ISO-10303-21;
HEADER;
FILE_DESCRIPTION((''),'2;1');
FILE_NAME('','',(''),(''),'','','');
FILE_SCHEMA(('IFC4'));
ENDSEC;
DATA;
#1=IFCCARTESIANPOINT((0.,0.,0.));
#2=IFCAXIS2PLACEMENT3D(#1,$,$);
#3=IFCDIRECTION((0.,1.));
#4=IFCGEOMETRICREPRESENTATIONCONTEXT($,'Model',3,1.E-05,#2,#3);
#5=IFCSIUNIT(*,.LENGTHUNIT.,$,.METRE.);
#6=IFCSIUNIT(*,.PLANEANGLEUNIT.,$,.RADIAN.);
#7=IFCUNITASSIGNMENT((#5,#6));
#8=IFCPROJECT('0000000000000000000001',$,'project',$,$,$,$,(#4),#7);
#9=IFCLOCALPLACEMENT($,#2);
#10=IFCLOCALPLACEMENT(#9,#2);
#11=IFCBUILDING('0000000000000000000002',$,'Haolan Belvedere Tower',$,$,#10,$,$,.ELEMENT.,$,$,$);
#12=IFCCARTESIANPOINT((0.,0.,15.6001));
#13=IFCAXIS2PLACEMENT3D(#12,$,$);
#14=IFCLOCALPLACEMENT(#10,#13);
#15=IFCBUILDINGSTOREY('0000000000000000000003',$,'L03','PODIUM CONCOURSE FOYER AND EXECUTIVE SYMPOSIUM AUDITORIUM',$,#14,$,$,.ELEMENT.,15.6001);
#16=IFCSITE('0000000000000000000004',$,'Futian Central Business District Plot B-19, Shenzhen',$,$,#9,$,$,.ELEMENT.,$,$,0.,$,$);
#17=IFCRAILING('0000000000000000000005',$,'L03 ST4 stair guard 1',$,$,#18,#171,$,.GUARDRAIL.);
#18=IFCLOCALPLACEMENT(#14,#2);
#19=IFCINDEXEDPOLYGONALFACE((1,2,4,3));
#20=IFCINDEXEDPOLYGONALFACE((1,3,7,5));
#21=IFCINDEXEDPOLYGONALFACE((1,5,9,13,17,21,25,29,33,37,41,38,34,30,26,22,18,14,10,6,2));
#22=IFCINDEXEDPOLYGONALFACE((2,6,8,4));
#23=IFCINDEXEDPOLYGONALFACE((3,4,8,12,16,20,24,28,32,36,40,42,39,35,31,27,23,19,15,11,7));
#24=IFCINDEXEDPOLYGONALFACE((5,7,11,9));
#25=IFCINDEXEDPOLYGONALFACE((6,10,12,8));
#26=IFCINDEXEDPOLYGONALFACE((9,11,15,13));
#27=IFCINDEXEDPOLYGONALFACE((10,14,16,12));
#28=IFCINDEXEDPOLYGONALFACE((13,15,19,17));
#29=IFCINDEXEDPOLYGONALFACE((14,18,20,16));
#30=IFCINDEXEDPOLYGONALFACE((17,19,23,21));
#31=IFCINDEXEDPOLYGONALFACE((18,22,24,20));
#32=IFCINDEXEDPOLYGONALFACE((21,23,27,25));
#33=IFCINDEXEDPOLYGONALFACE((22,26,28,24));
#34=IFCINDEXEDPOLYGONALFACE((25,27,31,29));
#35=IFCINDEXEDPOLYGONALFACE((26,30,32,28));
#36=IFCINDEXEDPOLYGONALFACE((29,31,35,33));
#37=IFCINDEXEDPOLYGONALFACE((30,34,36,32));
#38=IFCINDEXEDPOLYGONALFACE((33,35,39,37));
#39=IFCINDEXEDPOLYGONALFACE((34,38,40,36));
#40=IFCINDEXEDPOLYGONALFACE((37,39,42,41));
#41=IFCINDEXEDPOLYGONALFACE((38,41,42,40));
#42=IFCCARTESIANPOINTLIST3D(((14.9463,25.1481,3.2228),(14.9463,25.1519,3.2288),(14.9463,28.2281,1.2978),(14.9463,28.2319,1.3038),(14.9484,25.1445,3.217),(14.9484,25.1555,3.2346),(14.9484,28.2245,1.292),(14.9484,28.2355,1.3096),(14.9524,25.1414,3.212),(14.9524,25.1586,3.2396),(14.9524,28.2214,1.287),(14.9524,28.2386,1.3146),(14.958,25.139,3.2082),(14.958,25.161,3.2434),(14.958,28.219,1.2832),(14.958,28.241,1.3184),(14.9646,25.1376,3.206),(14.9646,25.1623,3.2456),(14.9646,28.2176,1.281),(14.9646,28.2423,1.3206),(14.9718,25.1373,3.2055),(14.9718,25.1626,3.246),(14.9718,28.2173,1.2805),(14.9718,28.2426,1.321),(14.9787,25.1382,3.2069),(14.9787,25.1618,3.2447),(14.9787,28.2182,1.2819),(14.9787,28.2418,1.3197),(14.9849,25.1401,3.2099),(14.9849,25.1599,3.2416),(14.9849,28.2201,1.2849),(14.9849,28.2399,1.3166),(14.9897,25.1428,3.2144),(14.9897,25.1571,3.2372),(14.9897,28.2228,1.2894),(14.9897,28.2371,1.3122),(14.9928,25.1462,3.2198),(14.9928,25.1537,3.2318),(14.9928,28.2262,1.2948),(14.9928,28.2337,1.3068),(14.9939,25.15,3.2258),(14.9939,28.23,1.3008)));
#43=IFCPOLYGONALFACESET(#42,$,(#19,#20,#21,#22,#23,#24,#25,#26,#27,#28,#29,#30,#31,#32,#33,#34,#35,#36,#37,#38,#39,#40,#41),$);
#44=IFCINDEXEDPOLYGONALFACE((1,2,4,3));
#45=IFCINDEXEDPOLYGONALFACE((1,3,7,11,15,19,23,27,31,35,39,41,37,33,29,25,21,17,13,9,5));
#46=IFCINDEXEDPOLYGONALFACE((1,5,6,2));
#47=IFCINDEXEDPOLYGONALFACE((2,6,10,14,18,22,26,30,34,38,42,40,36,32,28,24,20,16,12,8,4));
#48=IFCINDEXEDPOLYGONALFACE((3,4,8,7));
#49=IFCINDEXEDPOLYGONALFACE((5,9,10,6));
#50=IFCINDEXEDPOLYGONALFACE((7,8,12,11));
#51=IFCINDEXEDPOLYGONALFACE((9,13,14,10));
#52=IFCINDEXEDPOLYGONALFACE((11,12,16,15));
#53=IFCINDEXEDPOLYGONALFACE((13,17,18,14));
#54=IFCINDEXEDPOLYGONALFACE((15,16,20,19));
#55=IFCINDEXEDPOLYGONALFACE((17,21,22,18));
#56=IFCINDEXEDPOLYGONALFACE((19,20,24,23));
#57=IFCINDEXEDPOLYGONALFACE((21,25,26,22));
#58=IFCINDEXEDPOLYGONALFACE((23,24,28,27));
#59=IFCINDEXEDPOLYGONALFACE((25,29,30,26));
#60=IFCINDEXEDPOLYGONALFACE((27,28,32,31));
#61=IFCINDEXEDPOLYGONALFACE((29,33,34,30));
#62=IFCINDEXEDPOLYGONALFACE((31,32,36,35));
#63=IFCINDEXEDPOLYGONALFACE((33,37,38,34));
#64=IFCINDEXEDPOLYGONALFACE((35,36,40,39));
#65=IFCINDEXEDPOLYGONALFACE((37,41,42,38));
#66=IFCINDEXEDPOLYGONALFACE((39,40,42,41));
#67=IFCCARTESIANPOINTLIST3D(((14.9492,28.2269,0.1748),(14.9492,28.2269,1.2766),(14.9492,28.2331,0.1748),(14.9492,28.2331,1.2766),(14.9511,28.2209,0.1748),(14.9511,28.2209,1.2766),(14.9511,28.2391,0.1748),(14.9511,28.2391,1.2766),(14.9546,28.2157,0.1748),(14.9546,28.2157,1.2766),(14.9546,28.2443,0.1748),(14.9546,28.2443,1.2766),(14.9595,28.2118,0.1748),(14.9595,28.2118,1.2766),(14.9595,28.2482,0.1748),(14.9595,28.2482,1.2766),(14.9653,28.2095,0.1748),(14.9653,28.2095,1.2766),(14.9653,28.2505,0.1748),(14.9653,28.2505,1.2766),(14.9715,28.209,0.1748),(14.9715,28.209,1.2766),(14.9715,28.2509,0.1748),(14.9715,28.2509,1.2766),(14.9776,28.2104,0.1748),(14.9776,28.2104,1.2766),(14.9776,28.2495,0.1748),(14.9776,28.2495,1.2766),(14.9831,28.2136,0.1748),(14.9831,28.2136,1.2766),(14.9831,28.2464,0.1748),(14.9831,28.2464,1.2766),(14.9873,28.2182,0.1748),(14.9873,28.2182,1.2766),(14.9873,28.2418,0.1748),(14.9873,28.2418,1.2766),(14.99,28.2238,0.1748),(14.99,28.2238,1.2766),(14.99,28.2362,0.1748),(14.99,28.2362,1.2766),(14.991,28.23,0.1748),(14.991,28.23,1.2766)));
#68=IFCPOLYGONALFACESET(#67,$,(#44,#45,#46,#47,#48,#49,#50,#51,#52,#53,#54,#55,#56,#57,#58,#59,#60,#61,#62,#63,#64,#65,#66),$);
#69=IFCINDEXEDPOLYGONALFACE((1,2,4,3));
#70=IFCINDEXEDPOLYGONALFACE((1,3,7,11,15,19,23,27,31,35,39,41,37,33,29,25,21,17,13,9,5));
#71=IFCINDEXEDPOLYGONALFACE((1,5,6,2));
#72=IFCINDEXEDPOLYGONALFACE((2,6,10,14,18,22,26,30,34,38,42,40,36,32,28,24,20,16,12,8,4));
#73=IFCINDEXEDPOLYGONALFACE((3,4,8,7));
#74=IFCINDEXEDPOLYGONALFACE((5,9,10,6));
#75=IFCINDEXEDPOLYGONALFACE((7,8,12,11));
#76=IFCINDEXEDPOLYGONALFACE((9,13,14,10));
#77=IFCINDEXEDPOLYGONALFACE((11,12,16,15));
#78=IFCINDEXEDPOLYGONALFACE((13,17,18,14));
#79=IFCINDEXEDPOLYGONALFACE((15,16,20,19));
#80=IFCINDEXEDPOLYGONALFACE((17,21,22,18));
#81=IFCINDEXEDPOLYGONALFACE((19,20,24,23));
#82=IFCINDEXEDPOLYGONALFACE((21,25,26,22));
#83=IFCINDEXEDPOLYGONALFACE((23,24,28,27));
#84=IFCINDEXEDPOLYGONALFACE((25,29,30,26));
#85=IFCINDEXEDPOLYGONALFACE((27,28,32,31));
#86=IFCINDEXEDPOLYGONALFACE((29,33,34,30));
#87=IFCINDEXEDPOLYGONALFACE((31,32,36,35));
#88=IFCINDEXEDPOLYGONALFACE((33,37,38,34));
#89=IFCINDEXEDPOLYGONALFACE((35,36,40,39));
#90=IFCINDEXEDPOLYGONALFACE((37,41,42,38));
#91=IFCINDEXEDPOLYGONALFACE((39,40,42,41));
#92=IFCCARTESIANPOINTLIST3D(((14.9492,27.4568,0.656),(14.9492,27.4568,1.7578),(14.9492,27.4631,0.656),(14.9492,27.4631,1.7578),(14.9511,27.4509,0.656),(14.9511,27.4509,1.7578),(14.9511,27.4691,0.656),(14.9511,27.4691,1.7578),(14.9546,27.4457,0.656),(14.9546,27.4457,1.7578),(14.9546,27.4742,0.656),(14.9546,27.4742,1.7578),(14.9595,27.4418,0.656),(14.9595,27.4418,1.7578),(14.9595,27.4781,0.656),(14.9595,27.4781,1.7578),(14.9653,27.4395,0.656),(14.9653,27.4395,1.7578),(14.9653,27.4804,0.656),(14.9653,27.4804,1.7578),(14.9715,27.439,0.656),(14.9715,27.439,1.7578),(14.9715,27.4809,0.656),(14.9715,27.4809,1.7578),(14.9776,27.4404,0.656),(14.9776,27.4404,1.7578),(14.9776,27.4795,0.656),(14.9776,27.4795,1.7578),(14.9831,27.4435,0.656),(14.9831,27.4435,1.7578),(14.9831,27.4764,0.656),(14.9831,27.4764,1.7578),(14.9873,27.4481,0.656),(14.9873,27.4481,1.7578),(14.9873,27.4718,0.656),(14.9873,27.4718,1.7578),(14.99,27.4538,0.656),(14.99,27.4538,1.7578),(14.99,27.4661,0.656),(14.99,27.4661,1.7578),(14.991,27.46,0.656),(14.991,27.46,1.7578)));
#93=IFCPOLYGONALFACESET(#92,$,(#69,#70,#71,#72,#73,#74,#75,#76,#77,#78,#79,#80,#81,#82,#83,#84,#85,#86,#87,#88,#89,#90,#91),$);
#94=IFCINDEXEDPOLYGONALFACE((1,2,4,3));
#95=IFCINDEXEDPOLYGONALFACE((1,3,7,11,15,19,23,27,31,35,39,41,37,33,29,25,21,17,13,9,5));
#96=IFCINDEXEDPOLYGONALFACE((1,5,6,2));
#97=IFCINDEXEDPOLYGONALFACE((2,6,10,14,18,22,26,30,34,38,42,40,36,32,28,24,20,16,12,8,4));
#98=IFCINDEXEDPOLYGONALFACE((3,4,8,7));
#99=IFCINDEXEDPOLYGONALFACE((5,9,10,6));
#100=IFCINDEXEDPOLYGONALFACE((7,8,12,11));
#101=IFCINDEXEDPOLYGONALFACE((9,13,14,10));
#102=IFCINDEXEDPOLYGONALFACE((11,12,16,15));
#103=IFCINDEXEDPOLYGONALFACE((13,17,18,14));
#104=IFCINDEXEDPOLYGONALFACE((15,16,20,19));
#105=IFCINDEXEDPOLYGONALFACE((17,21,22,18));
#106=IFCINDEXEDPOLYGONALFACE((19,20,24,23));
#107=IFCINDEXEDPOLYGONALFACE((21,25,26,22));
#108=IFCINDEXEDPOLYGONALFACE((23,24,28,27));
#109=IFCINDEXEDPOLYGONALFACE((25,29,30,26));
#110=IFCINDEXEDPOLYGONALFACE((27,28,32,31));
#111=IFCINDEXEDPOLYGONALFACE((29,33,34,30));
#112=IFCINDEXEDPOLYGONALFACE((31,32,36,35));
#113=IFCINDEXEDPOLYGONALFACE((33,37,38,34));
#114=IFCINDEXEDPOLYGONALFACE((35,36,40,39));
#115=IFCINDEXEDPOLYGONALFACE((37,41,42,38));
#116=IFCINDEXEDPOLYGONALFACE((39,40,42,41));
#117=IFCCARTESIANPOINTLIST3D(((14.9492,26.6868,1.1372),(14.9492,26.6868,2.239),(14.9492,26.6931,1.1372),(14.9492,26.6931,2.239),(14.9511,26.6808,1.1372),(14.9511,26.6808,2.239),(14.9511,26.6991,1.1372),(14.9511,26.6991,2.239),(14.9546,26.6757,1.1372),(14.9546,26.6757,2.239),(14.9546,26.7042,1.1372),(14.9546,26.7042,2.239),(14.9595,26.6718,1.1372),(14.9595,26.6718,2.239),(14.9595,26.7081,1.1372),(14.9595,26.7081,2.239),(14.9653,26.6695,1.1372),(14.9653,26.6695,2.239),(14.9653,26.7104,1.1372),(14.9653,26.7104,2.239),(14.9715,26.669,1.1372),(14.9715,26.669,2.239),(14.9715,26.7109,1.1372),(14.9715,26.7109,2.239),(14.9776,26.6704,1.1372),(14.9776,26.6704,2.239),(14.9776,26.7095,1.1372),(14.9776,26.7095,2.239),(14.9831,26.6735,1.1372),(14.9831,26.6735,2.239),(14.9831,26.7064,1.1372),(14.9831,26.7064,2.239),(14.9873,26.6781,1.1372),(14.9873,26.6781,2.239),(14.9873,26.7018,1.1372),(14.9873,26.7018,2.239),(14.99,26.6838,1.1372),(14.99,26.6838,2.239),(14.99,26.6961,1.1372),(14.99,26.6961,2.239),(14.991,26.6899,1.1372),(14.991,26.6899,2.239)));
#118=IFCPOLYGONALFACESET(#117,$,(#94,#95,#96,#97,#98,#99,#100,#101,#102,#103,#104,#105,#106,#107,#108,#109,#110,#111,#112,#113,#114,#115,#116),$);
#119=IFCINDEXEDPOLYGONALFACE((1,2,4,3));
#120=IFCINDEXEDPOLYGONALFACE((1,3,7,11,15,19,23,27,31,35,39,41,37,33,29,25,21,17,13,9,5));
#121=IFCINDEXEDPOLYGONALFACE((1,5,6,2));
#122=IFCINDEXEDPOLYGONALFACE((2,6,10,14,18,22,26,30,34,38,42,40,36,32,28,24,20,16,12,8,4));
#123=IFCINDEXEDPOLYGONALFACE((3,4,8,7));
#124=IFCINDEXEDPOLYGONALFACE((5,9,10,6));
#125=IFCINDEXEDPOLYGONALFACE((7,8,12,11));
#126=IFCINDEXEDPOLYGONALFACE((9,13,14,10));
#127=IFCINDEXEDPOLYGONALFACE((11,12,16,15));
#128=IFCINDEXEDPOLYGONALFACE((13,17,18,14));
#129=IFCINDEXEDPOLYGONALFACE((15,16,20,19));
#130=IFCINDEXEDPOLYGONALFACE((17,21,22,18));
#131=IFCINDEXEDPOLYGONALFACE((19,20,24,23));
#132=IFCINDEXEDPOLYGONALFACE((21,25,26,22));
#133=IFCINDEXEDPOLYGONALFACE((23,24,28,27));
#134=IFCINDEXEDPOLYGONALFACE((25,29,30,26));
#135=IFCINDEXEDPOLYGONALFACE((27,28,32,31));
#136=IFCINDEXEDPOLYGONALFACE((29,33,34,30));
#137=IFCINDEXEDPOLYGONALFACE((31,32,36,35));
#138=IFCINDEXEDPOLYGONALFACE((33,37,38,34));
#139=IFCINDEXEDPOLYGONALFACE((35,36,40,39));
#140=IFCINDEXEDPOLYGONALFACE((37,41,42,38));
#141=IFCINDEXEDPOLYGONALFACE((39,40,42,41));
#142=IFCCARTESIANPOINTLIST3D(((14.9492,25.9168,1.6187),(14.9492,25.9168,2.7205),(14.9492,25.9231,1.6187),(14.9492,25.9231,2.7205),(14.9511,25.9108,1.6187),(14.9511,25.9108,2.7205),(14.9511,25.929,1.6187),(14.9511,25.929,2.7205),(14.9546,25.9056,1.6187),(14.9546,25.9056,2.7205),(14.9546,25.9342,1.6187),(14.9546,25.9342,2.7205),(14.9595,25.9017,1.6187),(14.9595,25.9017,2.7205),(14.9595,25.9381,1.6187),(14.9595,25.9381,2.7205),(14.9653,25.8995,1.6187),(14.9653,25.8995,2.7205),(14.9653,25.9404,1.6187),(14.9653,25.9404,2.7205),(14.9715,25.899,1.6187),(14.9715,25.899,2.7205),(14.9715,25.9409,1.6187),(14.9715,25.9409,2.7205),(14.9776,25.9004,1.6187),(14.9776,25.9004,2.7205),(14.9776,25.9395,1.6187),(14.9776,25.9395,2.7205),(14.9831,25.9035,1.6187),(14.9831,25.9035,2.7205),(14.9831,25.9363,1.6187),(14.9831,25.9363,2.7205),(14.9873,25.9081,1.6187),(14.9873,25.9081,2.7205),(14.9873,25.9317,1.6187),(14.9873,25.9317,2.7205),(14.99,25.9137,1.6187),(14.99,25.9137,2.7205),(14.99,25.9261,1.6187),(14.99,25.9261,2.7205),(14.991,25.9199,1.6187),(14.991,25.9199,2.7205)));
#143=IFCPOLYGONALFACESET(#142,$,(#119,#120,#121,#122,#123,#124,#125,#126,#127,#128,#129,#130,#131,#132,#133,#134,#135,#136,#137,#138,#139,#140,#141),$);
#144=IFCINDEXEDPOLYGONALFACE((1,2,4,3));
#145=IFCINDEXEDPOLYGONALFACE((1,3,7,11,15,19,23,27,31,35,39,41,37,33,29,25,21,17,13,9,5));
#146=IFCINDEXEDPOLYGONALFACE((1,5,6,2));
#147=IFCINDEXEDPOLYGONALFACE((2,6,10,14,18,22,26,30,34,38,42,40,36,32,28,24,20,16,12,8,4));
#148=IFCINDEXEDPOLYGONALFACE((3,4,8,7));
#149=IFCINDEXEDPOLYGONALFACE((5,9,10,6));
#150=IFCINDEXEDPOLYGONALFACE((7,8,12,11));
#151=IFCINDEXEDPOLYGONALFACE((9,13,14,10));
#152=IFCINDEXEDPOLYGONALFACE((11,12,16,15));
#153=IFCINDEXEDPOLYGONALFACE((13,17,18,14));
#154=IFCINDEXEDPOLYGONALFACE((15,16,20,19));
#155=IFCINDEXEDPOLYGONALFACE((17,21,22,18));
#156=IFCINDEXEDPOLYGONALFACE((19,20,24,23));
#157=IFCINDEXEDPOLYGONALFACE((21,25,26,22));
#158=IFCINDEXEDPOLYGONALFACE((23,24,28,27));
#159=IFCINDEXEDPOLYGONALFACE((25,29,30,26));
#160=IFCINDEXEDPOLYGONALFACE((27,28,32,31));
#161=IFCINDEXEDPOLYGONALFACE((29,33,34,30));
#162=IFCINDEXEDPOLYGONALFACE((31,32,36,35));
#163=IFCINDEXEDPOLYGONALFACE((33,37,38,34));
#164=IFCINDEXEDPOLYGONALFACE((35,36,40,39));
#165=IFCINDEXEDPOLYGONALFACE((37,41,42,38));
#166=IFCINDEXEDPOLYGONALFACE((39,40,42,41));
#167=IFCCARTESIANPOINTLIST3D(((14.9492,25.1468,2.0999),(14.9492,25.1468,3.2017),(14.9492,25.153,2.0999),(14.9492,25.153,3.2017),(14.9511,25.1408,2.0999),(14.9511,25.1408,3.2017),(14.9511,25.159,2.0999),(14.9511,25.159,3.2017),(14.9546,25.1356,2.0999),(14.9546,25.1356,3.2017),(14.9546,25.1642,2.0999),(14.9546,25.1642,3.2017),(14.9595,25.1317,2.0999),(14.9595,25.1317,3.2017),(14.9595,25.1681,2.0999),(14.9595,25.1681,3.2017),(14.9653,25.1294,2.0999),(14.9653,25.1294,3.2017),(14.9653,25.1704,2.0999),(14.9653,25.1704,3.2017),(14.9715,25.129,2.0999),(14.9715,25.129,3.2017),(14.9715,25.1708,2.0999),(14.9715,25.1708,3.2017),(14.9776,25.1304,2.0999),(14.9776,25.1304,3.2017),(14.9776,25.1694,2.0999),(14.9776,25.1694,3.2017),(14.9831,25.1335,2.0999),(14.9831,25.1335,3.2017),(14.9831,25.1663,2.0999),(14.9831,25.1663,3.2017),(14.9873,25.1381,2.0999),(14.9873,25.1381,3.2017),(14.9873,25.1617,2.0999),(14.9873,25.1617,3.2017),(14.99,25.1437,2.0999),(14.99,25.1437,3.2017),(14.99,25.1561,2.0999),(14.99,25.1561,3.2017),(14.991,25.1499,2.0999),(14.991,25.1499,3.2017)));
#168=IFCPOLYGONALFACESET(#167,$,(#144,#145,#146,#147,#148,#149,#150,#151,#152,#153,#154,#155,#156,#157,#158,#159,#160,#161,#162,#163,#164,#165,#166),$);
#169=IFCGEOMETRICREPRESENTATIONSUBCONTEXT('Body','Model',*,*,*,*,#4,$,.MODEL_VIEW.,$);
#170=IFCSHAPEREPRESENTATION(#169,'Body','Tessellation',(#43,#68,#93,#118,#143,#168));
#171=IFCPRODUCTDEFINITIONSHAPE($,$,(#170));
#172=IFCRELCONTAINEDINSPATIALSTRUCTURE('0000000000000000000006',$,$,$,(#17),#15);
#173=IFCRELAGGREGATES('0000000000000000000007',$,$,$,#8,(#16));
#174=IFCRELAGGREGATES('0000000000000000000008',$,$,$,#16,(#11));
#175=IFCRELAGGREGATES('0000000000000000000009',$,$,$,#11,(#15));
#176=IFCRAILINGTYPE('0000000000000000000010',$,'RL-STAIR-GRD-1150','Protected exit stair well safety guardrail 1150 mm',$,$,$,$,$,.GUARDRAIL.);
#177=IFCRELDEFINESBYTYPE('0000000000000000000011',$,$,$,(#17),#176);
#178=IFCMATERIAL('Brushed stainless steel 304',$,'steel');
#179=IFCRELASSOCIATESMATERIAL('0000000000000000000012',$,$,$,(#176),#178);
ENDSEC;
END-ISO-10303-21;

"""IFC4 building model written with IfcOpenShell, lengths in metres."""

from ifc_helpers import new_model, si_unit, direction, frame, origin, origin_2d, place, context, subcontext, project, spatial, circle, extrude, material, type_object, element, save


model = new_model("IFC4")

# Units and contexts
model_context = context("Model", 3, precision=1e-05, world=origin(), true_north=direction((0.0, 1.0)))
body_context = subcontext(model_context, "Body", "Model", "MODEL_VIEW")
ifc_project = project(units=[si_unit("LENGTHUNIT", "METRE"), si_unit("PLANEANGLEUNIT", "RADIAN")], contexts=[model_context])

# Site, building, storey
site_placement = place(None, origin())
site = spatial("IfcSite", under=ifc_project, at=site_placement, Name="Futian Central Business District Plot B-19, Shenzhen", CompositionType="ELEMENT", RefElevation=0.0)
building_placement = place(site_placement, origin())
building = spatial("IfcBuilding", under=site, at=building_placement, Name="Haolan Belvedere Tower", CompositionType="ELEMENT")
storey_placement = place(building_placement, frame((0.0, 0.0, 15.6001)))
storey = spatial("IfcBuildingStorey", under=building, at=storey_placement, Name="L03", Description="PODIUM CONCOURSE FOYER AND EXECUTIVE SYMPOSIUM AUDITORIUM", CompositionType="ELEMENT", Elevation=15.6001)

# Railing
ifc_material_1 = material(Name="Brushed stainless steel 304", Category="steel")
railing_type_1 = type_object("IfcRailingType", Name="RL-STAIR-GRD-1150", Description="Protected exit stair well safety guardrail 1150 mm", PredefinedType="GUARDRAIL", material=ifc_material_1)
railing_1_placement = place(storey_placement, frame((14.97, 28.23, 0.1748)))
element("IfcRailing", 1, at=railing_1_placement, inside=storey, type_object=railing_type_1, Name="L03 ST4 stair guard 1", PredefinedType="GUARDRAIL", context=body_context, shape_type="SweptSolid", body=[
    extrude(circle(Radius=0.0239, at=origin_2d()), frame((0.0, 0.0, 1.126), z_axis=(0.0, -0.847998, 0.529999), x_axis=(1.0, 0.0, 0.0)), (0.0, 0.0, 1.0), 3.6321),
    extrude(circle(Radius=0.021, at=origin_2d()), origin(), (0.0, 0.0, 1.0), 1.1018),
    extrude(circle(Radius=0.021, at=origin_2d()), frame((0.0, -0.77, 0.4812)), (0.0, 0.0, 1.0), 1.1018),
    extrude(circle(Radius=0.021, at=origin_2d()), frame((0.0, -1.54, 0.9624)), (0.0, 0.0, 1.0), 1.1018),
    extrude(circle(Radius=0.021, at=origin_2d()), frame((0.0, -2.3101, 1.4438)), (0.0, 0.0, 1.0), 1.1018),
    extrude(circle(Radius=0.021, at=origin_2d()), frame((0.0, -3.0801, 1.925)), (0.0, 0.0, 1.0), 1.1018),
])

save(model, "model.ifc")
